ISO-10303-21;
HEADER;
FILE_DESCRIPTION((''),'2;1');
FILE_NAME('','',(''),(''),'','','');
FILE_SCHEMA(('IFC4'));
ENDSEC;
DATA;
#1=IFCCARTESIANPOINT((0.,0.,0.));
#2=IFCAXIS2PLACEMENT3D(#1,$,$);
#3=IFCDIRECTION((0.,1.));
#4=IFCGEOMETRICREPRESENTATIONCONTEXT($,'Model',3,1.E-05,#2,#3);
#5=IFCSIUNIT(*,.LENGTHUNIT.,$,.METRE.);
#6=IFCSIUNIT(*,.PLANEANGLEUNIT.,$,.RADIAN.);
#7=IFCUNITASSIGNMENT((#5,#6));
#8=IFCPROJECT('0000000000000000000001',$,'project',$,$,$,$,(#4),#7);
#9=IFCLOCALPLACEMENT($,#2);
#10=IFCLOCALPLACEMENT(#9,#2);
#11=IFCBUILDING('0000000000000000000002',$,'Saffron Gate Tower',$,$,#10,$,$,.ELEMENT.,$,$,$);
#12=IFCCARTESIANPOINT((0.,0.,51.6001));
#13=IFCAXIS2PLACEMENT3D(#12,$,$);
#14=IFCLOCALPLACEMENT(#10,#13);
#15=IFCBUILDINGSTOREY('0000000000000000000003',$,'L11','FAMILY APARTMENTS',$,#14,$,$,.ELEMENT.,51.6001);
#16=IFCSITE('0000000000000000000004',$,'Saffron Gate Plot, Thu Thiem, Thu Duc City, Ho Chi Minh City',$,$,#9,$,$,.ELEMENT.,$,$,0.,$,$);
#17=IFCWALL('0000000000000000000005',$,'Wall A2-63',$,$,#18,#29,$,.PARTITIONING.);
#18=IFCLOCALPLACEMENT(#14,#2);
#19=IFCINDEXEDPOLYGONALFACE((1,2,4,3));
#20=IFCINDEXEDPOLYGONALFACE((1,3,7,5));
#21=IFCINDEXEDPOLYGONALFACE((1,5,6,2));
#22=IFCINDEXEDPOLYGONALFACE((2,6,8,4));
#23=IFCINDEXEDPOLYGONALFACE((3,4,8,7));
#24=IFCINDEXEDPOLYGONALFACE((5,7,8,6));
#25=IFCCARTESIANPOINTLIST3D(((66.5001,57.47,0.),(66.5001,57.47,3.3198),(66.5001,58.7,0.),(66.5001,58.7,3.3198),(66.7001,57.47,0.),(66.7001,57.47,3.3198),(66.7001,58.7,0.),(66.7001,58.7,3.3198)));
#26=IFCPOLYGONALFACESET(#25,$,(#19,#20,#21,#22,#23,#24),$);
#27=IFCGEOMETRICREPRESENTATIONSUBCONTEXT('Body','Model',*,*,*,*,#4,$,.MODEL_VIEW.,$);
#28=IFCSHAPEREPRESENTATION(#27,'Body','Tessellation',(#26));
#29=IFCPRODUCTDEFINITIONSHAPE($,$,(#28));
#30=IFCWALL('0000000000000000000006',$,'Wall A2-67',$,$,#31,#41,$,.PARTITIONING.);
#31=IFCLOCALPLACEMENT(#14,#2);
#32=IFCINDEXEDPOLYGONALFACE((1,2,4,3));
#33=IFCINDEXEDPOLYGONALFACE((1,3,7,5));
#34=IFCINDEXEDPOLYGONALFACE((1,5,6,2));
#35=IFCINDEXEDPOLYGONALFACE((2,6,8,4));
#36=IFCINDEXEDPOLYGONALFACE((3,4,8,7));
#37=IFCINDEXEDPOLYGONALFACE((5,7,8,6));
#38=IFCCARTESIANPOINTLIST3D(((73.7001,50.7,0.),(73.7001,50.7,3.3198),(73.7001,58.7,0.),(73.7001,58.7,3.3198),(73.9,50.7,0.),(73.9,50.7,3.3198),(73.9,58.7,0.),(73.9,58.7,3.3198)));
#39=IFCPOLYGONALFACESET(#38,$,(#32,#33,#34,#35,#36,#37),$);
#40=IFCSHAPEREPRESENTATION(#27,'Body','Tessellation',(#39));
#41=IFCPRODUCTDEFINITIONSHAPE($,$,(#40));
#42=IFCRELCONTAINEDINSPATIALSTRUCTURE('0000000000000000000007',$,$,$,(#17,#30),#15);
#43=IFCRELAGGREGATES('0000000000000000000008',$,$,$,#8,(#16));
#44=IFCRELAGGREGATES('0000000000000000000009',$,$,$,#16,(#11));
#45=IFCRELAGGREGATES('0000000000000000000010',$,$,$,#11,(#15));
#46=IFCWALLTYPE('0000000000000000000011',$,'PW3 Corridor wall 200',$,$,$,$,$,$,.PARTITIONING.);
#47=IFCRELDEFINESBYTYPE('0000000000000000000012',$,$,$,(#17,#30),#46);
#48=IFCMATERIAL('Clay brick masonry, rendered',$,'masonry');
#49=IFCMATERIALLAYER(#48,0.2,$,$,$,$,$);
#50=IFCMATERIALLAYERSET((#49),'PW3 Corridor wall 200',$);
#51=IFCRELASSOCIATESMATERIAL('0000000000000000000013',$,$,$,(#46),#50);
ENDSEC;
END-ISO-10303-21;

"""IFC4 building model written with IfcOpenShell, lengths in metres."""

from ifc_helpers import new_model, si_unit, direction, frame, frame_2d, origin, place, context, subcontext, project, spatial, rectangle, extrude, material, layer, layer_set, type_object, element, save


model = new_model("IFC4")

# Units and contexts
model_context = context("Model", 3, precision=1e-05, world=origin(), true_north=direction((0.0, 1.0)))
body_context = subcontext(model_context, "Body", "Model", "MODEL_VIEW")
ifc_project = project(units=[si_unit("LENGTHUNIT", "METRE"), si_unit("PLANEANGLEUNIT", "RADIAN")], contexts=[model_context])

# Site, building, storey
site_placement = place(None, origin())
site = spatial("IfcSite", under=ifc_project, at=site_placement, Name="Saffron Gate Plot, Thu Thiem, Thu Duc City, Ho Chi Minh City", CompositionType="ELEMENT", RefElevation=0.0)
building_placement = place(site_placement, origin())
building = spatial("IfcBuilding", under=site, at=building_placement, Name="Saffron Gate Tower", CompositionType="ELEMENT")
storey_placement = place(building_placement, frame((0.0, 0.0, 51.6001)))
storey = spatial("IfcBuildingStorey", under=building, at=storey_placement, Name="L11", Description="FAMILY APARTMENTS", CompositionType="ELEMENT", Elevation=51.6001)

# Shared definitions
ifc_material_1 = material(Name="Clay brick masonry, rendered", Category="masonry")
ifc_layer_1 = layer(ifc_material_1, 0.2)
ifc_layer_set_1 = layer_set([ifc_layer_1], Name="PW3 Corridor wall 200")
wall_type_1 = type_object("IfcWallType", Name="PW3 Corridor wall 200", PredefinedType="PARTITIONING", material=ifc_layer_set_1)

# Walls
wall_1_placement = place(storey_placement, frame((66.6001, 58.7, 0.0), z_axis=(0.0, 0.0, 1.0), x_axis=(0.0, -1.0, 0.0)))
element("IfcWall", 1, at=wall_1_placement, inside=storey, type_object=wall_type_1, Name="Wall A2-63", PredefinedType="PARTITIONING", context=body_context, shape_type="SweptSolid", body=[
    extrude(rectangle(XDim=1.23, YDim=0.2, at=frame_2d((0.615, 0.0))), origin(), (0.0, 0.0, 1.0), 3.3198),
])
wall_2_placement = place(storey_placement, frame((73.8, 58.7, 0.0), z_axis=(0.0, 0.0, 1.0), x_axis=(0.0, -1.0, 0.0)))
element("IfcWall", 2, at=wall_2_placement, inside=storey, type_object=wall_type_1, Name="Wall A2-67", PredefinedType="PARTITIONING", context=body_context, shape_type="SweptSolid", body=[
    extrude(rectangle(XDim=8.0, YDim=0.2, at=frame_2d((4.0, 0.0))), origin(), (0.0, 0.0, 1.0), 3.3198),
])

save(model, "model.ifc")
